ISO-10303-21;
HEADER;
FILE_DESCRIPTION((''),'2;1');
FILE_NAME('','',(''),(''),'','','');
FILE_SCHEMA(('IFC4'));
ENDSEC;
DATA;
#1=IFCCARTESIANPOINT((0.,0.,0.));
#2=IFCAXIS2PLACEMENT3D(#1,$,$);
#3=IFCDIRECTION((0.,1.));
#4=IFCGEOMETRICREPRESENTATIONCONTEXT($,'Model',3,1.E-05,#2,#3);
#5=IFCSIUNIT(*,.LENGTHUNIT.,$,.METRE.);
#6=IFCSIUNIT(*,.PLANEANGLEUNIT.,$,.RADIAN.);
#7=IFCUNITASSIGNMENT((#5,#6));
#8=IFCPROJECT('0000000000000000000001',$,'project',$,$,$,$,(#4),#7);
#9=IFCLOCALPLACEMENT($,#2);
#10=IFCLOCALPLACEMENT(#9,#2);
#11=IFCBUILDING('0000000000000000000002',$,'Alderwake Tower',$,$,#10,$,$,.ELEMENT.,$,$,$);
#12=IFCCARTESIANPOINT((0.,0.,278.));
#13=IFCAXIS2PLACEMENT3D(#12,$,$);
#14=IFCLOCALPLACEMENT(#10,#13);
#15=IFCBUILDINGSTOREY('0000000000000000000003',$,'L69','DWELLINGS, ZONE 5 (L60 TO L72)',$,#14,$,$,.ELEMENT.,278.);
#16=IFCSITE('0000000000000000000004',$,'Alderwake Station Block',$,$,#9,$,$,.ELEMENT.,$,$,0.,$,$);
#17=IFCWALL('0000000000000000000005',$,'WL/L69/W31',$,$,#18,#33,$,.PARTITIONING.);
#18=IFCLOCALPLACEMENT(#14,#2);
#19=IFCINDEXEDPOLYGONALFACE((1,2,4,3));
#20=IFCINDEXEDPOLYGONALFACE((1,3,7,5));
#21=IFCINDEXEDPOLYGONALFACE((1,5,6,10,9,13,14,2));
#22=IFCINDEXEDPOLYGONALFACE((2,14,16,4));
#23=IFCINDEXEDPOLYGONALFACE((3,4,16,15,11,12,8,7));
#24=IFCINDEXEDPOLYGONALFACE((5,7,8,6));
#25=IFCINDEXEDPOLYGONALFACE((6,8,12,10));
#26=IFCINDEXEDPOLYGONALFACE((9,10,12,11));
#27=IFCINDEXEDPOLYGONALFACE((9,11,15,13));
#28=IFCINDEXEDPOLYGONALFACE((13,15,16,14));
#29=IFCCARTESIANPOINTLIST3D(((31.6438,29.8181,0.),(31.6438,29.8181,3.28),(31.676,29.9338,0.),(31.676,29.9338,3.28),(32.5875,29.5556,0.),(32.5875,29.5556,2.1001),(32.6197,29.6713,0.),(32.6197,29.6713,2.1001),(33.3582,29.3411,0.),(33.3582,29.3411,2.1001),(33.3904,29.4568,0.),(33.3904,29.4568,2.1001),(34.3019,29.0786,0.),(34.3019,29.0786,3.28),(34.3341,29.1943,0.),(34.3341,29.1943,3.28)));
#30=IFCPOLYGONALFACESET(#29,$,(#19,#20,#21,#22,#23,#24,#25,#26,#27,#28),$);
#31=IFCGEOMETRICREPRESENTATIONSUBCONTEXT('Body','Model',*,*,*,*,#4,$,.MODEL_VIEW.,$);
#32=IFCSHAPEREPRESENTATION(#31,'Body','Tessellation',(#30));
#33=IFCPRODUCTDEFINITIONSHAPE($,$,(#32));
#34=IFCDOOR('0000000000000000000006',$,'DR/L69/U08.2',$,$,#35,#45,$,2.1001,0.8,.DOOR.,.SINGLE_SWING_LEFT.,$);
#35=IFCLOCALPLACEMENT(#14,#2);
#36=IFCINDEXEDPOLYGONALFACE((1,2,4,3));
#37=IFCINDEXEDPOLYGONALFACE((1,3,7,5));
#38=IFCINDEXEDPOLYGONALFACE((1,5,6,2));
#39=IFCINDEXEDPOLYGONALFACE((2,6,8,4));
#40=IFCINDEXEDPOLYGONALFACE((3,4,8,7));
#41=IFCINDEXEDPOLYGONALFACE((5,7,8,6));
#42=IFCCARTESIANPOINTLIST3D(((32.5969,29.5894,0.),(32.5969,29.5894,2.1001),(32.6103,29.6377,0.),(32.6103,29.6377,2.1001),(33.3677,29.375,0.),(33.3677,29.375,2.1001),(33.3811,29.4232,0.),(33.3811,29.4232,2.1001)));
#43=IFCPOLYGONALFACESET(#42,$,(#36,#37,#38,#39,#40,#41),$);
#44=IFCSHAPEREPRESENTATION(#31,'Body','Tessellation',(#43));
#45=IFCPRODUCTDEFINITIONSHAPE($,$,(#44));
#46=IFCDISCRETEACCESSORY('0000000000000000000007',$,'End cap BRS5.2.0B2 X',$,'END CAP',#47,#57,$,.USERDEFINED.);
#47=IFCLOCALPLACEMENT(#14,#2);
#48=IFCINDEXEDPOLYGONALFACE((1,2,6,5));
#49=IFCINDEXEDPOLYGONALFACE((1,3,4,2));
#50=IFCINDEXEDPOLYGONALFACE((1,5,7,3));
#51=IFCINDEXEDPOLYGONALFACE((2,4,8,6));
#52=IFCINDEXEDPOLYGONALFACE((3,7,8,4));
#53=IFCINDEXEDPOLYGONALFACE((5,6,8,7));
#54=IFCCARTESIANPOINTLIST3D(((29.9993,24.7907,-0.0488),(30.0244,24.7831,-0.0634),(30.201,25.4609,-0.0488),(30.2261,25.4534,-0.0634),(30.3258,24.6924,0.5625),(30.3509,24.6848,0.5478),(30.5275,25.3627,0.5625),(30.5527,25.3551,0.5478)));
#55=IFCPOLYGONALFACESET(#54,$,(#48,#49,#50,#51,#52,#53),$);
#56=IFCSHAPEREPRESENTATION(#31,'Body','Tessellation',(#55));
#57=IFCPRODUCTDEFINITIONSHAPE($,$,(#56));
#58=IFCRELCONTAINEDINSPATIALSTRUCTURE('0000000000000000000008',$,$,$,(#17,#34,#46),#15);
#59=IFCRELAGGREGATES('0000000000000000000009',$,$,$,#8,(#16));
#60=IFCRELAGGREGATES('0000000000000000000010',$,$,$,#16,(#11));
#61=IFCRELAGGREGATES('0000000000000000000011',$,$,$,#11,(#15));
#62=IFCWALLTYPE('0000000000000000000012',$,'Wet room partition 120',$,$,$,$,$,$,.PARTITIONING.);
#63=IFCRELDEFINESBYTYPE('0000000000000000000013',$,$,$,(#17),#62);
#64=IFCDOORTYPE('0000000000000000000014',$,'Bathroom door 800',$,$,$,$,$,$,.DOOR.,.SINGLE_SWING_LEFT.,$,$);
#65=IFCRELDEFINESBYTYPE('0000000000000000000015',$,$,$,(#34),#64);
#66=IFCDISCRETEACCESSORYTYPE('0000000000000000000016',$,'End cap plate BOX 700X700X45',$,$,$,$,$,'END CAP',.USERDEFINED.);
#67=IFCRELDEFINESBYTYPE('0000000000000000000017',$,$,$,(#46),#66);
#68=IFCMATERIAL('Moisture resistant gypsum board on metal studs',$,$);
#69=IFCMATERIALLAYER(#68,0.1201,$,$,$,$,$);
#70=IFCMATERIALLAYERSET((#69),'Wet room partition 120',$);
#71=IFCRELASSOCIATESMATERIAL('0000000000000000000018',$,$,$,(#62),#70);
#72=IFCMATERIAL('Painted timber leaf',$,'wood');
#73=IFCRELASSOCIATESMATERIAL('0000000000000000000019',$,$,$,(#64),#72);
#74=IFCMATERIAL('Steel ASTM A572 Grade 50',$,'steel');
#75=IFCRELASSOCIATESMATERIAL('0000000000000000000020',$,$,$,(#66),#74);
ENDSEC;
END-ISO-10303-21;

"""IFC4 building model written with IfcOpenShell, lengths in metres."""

from ifc_helpers import new_model, si_unit, direction, frame, frame_2d, origin, origin_2d, place, context, subcontext, project, spatial, rectangle, extrude, material, layer, layer_set, material_profile, profile_set, type_object, element, fill, save


model = new_model("IFC4")

# Units and contexts
model_context = context("Model", 3, precision=1e-05, world=origin(), true_north=direction((0.0, 1.0)))
body_context = subcontext(model_context, "Body", "Model", "MODEL_VIEW")
ifc_project = project(units=[si_unit("LENGTHUNIT", "METRE"), si_unit("PLANEANGLEUNIT", "RADIAN")], contexts=[model_context])

# Site, building, storey
site_placement = place(None, origin())
site = spatial("IfcSite", under=ifc_project, at=site_placement, Name="Alderwake Station Block", CompositionType="ELEMENT", RefElevation=0.0)
building_placement = place(site_placement, origin())
building = spatial("IfcBuilding", under=site, at=building_placement, Name="Alderwake Tower", CompositionType="ELEMENT")
storey_placement = place(building_placement, frame((0.0, 0.0, 278.0)))
storey = spatial("IfcBuildingStorey", under=building, at=storey_placement, Name="L69", Description="DWELLINGS, ZONE 5 (L60 TO L72)", CompositionType="ELEMENT", Elevation=278.0)

# Shared definitions
ifc_material_1 = material(Name="Moisture resistant gypsum board on metal studs")
ifc_layer_1 = layer(ifc_material_1, 0.1201)
ifc_layer_set_1 = layer_set([ifc_layer_1], Name="Wet room partition 120")
wall_type_1 = type_object("IfcWallType", Name="Wet room partition 120", PredefinedType="PARTITIONING", material=ifc_layer_set_1)

# Wall, opening, door
wall_1_placement = place(storey_placement, frame((34.3179, 29.1365, 0.0), z_axis=(0.0, 0.0, 1.0), x_axis=(-0.963408, 0.268041, 0.0)))
wall_1 = element("IfcWall", 1, at=wall_1_placement, inside=storey, type_object=wall_type_1, Name="WL/L69/W31", PredefinedType="PARTITIONING", context=body_context, shape_type="SweptSolid", body=[
    extrude(rectangle(XDim=2.759, YDim=0.1201, at=frame_2d((1.3794, 0.0))), origin(), (0.0, 0.0, 1.0), 3.28),
])
opening_1_placement = place(wall_1_placement, frame((0.9795, 0.0, 0.0)))
opening_1 = element("IfcOpeningElement", 2, at=opening_1_placement, cuts=wall_1, PredefinedType="OPENING", context=body_context, shape_type="SweptSolid", body=[
    extrude(rectangle(XDim=0.8, YDim=2.1001, at=frame_2d((0.3999, 1.05))), frame((0.0, 0.0701, 0.0), z_axis=(0.0, -1.0, 0.0), x_axis=(1.0, 0.0, 0.0)), (0.0, 0.0, 1.0), 0.1401),
])
ifc_material_2 = material(Name="Painted timber leaf", Category="wood")
door_type_1 = type_object("IfcDoorType", Name="Bathroom door 800", OperationType="SINGLE_SWING_LEFT", PredefinedType="DOOR", material=ifc_material_2)
door_1_placement = place(opening_1_placement, origin())
door_1 = element("IfcDoor", 3, at=door_1_placement, inside=storey, type_object=door_type_1, Name="DR/L69/U08.2", OperationType="SINGLE_SWING_LEFT", OverallHeight=2.1001, OverallWidth=0.8, PredefinedType="DOOR", context=body_context, shape_type="SweptSolid", body=[
    extrude(rectangle(XDim=0.8, YDim=2.1001, at=frame_2d((0.3999, 1.05))), frame((0.0, 0.0249, 0.0), z_axis=(0.0, -1.0, 0.0), x_axis=(1.0, 0.0, 0.0)), (0.0, 0.0, 1.0), 0.05),
])
fill(opening_1, door_1)

# Discrete accessory
ifc_material_3 = material(Name="Steel ASTM A572 Grade 50", Category="steel")
ifc_material_profile_1 = material_profile(ifc_material_3, rectangle(XDim=0.7, YDim=0.7, at=origin_2d()), Name="BOX 700X700X45 cap")
ifc_profile_set_1 = profile_set([ifc_material_profile_1], Name="Steel ASTM A572 Grade 50")
discrete_accessory_type = type_object("IfcDiscreteAccessoryType", Name="End cap plate BOX 700X700X45", ElementType="END CAP", PredefinedType="USERDEFINED", material=ifc_profile_set_1)
discrete_accessory_placement = place(storey_placement, frame((30.2634, 25.0767, 0.2568), z_axis=(0.836266, -0.251692, -0.487145), x_axis=(0.288201, 0.95757, 0.0)))
element("IfcDiscreteAccessory", 4, at=discrete_accessory_placement, inside=storey, type_object=discrete_accessory_type, Name="End cap BRS5.2.0B2 X", ObjectType="END CAP", PredefinedType="USERDEFINED", context=body_context, shape_type="SweptSolid", body=[
    extrude(rectangle(XDim=0.7, YDim=0.7, at=origin_2d()), origin(), (0.0, 0.0, 1.0), 0.03),
])

save(model, "model.ifc")
